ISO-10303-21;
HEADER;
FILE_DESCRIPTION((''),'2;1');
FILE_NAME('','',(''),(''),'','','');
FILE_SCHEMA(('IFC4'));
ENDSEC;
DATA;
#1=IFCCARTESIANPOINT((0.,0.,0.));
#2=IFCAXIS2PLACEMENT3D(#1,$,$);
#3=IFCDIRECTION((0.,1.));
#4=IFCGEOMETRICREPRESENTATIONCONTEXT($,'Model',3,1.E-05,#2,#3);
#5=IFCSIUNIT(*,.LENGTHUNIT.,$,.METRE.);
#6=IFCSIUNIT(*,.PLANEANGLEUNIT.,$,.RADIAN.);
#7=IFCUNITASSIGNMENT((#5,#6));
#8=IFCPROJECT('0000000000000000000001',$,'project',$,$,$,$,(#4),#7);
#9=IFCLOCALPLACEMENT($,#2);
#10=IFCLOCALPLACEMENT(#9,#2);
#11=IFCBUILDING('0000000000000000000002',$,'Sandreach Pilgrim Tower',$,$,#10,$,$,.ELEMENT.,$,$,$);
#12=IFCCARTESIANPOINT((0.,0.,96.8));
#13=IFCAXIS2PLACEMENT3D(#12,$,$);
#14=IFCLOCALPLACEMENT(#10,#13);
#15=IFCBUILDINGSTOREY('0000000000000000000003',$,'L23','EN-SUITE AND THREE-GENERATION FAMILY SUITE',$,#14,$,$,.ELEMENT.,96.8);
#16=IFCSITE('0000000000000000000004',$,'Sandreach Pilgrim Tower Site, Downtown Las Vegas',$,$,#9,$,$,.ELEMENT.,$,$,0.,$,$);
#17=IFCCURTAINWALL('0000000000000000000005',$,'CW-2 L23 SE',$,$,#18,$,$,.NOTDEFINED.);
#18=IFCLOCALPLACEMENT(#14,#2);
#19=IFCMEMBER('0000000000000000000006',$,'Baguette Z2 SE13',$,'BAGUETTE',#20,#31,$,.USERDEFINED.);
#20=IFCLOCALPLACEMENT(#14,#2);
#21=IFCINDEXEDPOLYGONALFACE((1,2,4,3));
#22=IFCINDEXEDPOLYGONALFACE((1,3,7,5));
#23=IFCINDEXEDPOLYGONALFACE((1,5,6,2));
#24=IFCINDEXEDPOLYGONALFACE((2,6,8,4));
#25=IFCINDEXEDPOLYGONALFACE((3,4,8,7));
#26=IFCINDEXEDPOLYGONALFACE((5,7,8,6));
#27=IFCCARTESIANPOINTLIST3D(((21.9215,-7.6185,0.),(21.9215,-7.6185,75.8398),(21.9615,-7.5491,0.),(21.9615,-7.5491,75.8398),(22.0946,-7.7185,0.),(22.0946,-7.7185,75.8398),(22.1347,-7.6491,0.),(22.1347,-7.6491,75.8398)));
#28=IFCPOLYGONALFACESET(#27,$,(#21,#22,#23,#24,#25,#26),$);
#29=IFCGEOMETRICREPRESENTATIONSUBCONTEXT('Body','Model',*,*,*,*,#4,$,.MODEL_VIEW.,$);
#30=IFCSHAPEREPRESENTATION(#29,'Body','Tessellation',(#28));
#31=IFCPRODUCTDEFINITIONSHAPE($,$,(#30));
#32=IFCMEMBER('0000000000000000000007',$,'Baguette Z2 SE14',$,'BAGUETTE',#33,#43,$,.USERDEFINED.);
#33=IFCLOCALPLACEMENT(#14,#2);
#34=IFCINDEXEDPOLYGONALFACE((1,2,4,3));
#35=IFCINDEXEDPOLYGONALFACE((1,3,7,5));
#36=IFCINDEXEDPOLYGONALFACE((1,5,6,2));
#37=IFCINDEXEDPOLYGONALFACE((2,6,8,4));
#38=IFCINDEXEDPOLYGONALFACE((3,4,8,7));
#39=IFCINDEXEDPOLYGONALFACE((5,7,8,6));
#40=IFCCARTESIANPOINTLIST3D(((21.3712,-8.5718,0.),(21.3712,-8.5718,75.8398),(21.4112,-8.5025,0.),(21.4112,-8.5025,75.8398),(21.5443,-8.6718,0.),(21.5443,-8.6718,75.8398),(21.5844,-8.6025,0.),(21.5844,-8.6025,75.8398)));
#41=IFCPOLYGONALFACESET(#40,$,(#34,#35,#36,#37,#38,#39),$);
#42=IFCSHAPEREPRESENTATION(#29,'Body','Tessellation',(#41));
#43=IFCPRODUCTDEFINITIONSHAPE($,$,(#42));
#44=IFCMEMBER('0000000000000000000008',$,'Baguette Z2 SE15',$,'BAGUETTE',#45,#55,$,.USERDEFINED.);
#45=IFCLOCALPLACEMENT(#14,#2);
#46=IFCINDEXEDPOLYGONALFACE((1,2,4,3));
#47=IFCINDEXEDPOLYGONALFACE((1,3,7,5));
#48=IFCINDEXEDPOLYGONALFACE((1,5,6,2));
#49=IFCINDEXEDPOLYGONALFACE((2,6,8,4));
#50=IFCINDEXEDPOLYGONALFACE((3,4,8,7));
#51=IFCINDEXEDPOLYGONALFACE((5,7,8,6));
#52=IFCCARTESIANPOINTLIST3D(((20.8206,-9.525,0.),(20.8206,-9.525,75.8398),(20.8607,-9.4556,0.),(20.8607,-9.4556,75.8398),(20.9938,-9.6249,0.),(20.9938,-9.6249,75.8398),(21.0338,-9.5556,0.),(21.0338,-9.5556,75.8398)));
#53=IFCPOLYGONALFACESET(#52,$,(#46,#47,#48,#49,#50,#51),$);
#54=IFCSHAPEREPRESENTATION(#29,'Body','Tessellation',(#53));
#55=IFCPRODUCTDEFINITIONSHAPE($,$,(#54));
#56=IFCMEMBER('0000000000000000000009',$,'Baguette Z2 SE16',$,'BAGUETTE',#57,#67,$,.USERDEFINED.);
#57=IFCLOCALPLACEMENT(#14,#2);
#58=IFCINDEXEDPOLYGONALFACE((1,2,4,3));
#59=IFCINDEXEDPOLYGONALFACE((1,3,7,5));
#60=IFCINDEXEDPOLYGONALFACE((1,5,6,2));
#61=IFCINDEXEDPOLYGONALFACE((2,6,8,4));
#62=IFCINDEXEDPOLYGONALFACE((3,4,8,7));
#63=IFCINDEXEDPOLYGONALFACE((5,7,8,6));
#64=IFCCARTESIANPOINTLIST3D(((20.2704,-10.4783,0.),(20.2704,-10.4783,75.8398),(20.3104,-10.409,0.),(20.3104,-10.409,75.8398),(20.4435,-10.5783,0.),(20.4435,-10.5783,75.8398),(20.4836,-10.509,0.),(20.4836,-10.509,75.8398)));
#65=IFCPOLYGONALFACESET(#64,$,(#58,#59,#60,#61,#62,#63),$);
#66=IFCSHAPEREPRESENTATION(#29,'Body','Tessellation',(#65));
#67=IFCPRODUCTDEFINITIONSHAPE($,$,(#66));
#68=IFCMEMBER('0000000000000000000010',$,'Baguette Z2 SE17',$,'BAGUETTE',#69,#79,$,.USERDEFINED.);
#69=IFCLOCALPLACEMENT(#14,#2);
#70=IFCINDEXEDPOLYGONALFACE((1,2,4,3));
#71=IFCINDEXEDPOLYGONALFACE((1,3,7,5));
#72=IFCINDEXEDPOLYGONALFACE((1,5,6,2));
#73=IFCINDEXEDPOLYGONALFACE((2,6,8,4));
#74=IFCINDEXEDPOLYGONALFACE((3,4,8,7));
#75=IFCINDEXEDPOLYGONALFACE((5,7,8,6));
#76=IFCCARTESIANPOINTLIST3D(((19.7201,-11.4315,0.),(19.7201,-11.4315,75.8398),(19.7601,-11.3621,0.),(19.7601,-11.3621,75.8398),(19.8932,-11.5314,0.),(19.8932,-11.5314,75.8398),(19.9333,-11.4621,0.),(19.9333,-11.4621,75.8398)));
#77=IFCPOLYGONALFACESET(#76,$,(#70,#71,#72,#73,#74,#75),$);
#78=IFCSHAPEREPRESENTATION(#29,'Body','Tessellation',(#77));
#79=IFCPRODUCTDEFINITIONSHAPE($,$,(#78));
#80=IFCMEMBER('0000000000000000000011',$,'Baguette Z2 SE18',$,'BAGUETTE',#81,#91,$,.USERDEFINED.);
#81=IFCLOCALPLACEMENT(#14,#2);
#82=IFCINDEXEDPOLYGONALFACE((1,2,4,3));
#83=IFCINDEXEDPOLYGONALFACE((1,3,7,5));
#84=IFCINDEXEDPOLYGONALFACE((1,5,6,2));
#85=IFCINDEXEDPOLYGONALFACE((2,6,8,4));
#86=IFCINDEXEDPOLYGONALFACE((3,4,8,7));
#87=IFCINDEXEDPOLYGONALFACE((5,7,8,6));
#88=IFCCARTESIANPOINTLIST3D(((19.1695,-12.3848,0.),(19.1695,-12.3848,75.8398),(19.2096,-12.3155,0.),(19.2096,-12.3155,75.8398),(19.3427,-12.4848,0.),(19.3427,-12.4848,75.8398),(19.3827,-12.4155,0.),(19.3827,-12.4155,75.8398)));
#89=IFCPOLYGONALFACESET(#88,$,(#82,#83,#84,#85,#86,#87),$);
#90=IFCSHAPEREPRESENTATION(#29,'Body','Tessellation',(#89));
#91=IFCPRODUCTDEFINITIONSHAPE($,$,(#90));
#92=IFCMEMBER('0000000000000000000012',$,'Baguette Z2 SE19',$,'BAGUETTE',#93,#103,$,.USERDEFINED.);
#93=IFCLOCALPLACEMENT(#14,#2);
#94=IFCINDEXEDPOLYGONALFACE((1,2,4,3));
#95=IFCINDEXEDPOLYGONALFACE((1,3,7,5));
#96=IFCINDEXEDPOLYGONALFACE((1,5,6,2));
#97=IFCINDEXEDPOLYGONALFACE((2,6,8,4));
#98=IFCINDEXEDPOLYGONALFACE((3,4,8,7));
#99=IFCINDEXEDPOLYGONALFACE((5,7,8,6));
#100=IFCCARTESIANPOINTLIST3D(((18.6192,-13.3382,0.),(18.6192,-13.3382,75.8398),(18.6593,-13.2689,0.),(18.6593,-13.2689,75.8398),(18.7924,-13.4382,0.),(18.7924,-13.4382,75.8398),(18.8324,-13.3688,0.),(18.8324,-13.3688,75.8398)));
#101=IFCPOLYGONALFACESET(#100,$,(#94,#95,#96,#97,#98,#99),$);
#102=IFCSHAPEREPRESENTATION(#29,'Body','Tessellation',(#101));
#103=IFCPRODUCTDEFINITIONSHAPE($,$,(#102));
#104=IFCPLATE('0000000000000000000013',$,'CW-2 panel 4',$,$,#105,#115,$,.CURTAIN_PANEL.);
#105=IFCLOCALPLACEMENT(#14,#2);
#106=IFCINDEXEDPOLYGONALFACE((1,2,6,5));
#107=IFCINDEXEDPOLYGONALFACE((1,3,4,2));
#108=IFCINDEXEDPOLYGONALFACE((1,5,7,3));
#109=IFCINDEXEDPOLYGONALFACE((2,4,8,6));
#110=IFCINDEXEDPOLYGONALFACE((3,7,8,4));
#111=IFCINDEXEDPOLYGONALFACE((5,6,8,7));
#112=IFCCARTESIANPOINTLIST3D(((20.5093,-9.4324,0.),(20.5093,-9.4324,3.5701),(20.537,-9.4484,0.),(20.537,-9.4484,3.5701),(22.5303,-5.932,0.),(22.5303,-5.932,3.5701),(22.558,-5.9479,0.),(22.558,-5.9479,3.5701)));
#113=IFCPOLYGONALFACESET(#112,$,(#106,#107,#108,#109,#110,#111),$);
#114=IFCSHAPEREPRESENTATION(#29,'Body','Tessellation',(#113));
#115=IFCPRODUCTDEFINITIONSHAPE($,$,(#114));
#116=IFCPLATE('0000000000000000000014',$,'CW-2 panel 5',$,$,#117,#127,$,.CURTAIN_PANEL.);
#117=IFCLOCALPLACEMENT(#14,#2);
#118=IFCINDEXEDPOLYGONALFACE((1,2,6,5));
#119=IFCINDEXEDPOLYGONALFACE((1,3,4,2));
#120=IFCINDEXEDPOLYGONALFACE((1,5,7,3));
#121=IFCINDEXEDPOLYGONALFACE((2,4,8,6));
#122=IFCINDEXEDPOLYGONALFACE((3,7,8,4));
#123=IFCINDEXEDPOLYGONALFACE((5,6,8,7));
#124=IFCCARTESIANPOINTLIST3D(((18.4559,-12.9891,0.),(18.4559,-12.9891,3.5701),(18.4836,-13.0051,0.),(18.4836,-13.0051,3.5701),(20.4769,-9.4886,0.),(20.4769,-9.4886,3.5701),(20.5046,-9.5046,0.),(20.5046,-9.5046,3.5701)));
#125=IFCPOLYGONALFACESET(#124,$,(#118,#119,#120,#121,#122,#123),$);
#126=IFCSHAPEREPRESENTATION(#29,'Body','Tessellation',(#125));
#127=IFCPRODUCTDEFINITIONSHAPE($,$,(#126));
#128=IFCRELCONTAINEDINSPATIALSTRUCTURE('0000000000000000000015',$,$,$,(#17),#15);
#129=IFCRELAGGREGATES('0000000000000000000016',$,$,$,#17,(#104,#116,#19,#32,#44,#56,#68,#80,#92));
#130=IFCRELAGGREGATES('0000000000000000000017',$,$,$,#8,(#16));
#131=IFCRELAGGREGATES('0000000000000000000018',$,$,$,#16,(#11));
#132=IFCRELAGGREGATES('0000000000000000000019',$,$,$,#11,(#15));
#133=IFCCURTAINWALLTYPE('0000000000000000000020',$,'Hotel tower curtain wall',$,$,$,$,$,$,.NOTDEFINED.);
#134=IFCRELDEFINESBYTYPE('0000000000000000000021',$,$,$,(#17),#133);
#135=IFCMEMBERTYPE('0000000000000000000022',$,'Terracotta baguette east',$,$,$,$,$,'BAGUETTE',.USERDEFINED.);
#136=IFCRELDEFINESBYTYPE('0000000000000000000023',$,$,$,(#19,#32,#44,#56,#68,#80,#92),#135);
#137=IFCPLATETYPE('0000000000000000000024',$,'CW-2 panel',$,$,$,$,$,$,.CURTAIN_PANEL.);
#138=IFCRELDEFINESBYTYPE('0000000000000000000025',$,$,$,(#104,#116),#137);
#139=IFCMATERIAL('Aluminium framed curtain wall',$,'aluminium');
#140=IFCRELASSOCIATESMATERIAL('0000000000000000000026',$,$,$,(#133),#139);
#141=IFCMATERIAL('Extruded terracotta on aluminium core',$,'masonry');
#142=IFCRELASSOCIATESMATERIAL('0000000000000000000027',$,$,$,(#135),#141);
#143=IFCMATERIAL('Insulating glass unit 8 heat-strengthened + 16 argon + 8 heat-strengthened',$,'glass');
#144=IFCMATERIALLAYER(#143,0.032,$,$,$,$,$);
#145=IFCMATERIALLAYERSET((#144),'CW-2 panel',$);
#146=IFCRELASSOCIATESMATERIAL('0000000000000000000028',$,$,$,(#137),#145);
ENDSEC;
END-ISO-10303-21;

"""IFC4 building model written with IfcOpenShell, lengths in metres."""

from ifc_helpers import new_model, si_unit, direction, frame, origin, origin_2d, place, context, subcontext, project, spatial, rectangle, extrude, material, layer, layer_set, material_profile, profile_set, type_object, element, aggregate, save


model = new_model("IFC4")

# Units and contexts
model_context = context("Model", 3, precision=1e-05, world=origin(), true_north=direction((0.0, 1.0)))
body_context = subcontext(model_context, "Body", "Model", "MODEL_VIEW")
ifc_project = project(units=[si_unit("LENGTHUNIT", "METRE"), si_unit("PLANEANGLEUNIT", "RADIAN")], contexts=[model_context])

# Site, building, storey
site_placement = place(None, origin())
site = spatial("IfcSite", under=ifc_project, at=site_placement, Name="Sandreach Pilgrim Tower Site, Downtown Las Vegas", CompositionType="ELEMENT", RefElevation=0.0)
building_placement = place(site_placement, origin())
building = spatial("IfcBuilding", under=site, at=building_placement, Name="Sandreach Pilgrim Tower", CompositionType="ELEMENT")
storey_placement = place(building_placement, frame((0.0, 0.0, 96.8)))
storey = spatial("IfcBuildingStorey", under=building, at=storey_placement, Name="L23", Description="EN-SUITE AND THREE-GENERATION FAMILY SUITE", CompositionType="ELEMENT", Elevation=96.8)

# Curtain wall
ifc_material_1 = material(Name="Aluminium framed curtain wall", Category="aluminium")
curtain_wall_type = type_object("IfcCurtainWallType", Name="Hotel tower curtain wall", PredefinedType="NOTDEFINED", material=ifc_material_1)
curtain_wall_placement = place(storey_placement, origin())
curtain_wall = element("IfcCurtainWall", 1, at=curtain_wall_placement, inside=storey, type_object=curtain_wall_type, Name="CW-2 L23 SE", PredefinedType="NOTDEFINED")

# Members
ifc_material_2 = material(Name="Extruded terracotta on aluminium core", Category="masonry")
ifc_material_profile_1 = material_profile(ifc_material_2, rectangle(XDim=0.0801, YDim=0.2, at=origin_2d()), Name="TBE 80X200")
ifc_profile_set_1 = profile_set([ifc_material_profile_1], Name="Extruded terracotta on aluminium core")
member_type_1 = type_object("IfcMemberType", Name="Terracotta baguette east", ElementType="BAGUETTE", PredefinedType="USERDEFINED", material=ifc_profile_set_1)
member_1_placement = place(storey_placement, frame((22.0281, -7.6338, 0.0), z_axis=(0.0, 0.0, 1.0), x_axis=(-0.5, -0.866025, 0.0)))
member_1 = element("IfcMember", 2, at=member_1_placement, type_object=member_type_1, Name="Baguette Z2 SE13", ObjectType="BAGUETTE", PredefinedType="USERDEFINED", context=body_context, shape_type="SweptSolid", body=[
    extrude(rectangle(XDim=0.0801, YDim=0.2, at=origin_2d()), origin(), (0.0, 0.0, 1.0), 75.8398),
])
member_2_placement = place(storey_placement, frame((21.4778, -8.5872, 0.0), z_axis=(0.0, 0.0, 1.0), x_axis=(-0.5, -0.866025, 0.0)))
member_2 = element("IfcMember", 3, at=member_2_placement, type_object=member_type_1, Name="Baguette Z2 SE14", ObjectType="BAGUETTE", PredefinedType="USERDEFINED", context=body_context, shape_type="SweptSolid", body=[
    extrude(rectangle(XDim=0.0801, YDim=0.2, at=origin_2d()), origin(), (0.0, 0.0, 1.0), 75.8398),
])
member_3_placement = place(storey_placement, frame((20.9272, -9.5403, 0.0), z_axis=(0.0, 0.0, 1.0), x_axis=(-0.5, -0.866025, 0.0)))
member_3 = element("IfcMember", 4, at=member_3_placement, type_object=member_type_1, Name="Baguette Z2 SE15", ObjectType="BAGUETTE", PredefinedType="USERDEFINED", context=body_context, shape_type="SweptSolid", body=[
    extrude(rectangle(XDim=0.0801, YDim=0.2, at=origin_2d()), origin(), (0.0, 0.0, 1.0), 75.8398),
])
member_4_placement = place(storey_placement, frame((20.377, -10.4937, 0.0), z_axis=(0.0, 0.0, 1.0), x_axis=(-0.5, -0.866025, 0.0)))
member_4 = element("IfcMember", 5, at=member_4_placement, type_object=member_type_1, Name="Baguette Z2 SE16", ObjectType="BAGUETTE", PredefinedType="USERDEFINED", context=body_context, shape_type="SweptSolid", body=[
    extrude(rectangle(XDim=0.0801, YDim=0.2, at=origin_2d()), origin(), (0.0, 0.0, 1.0), 75.8398),
])
member_5_placement = place(storey_placement, frame((19.8267, -11.4468, 0.0), z_axis=(0.0, 0.0, 1.0), x_axis=(-0.5, -0.866025, 0.0)))
member_5 = element("IfcMember", 6, at=member_5_placement, type_object=member_type_1, Name="Baguette Z2 SE17", ObjectType="BAGUETTE", PredefinedType="USERDEFINED", context=body_context, shape_type="SweptSolid", body=[
    extrude(rectangle(XDim=0.0801, YDim=0.2, at=origin_2d()), origin(), (0.0, 0.0, 1.0), 75.8398),
])
member_6_placement = place(storey_placement, frame((19.2761, -12.4001, 0.0), z_axis=(0.0, 0.0, 1.0), x_axis=(-0.5, -0.866025, 0.0)))
member_6 = element("IfcMember", 7, at=member_6_placement, type_object=member_type_1, Name="Baguette Z2 SE18", ObjectType="BAGUETTE", PredefinedType="USERDEFINED", context=body_context, shape_type="SweptSolid", body=[
    extrude(rectangle(XDim=0.0801, YDim=0.2, at=origin_2d()), origin(), (0.0, 0.0, 1.0), 75.8398),
])
member_7_placement = place(storey_placement, frame((18.7258, -13.3535, 0.0), z_axis=(0.0, 0.0, 1.0), x_axis=(-0.5, -0.866025, 0.0)))
member_7 = element("IfcMember", 8, at=member_7_placement, type_object=member_type_1, Name="Baguette Z2 SE19", ObjectType="BAGUETTE", PredefinedType="USERDEFINED", context=body_context, shape_type="SweptSolid", body=[
    extrude(rectangle(XDim=0.0801, YDim=0.2, at=origin_2d()), origin(), (0.0, 0.0, 1.0), 75.8398),
])

# Plates
ifc_material_3 = material(Name="Insulating glass unit 8 heat-strengthened + 16 argon + 8 heat-strengthened", Category="glass")
ifc_layer = layer(ifc_material_3, 0.032)
ifc_layer_set = layer_set([ifc_layer], Name="CW-2 panel")
plate_type = type_object("IfcPlateType", Name="CW-2 panel", PredefinedType="CURTAIN_PANEL", material=ifc_layer_set)
plate_1_placement = place(storey_placement, frame((21.5337, -7.6902, 0.0), z_axis=(0.0, 0.0, 1.0), x_axis=(-0.5, -0.866025, 0.0)))
plate_1 = element("IfcPlate", 9, at=plate_1_placement, type_object=plate_type, Name="CW-2 panel 4", PredefinedType="CURTAIN_PANEL", context=body_context, shape_type="SweptSolid", body=[
    extrude(rectangle(XDim=4.042, YDim=0.032, at=origin_2d()), origin(), (0.0, 0.0, 1.0), 3.5701),
])
plate_2_placement = place(storey_placement, frame((19.4802, -11.2468, 0.0), z_axis=(0.0, 0.0, 1.0), x_axis=(-0.5, -0.866025, 0.0)))
plate_2 = element("IfcPlate", 10, at=plate_2_placement, type_object=plate_type, Name="CW-2 panel 5", PredefinedType="CURTAIN_PANEL", context=body_context, shape_type="SweptSolid", body=[
    extrude(rectangle(XDim=4.042, YDim=0.032, at=origin_2d()), origin(), (0.0, 0.0, 1.0), 3.5701),
])
aggregate(curtain_wall, [plate_1, plate_2, member_1, member_2, member_3, member_4, member_5, member_6, member_7])

save(model, "model.ifc")
